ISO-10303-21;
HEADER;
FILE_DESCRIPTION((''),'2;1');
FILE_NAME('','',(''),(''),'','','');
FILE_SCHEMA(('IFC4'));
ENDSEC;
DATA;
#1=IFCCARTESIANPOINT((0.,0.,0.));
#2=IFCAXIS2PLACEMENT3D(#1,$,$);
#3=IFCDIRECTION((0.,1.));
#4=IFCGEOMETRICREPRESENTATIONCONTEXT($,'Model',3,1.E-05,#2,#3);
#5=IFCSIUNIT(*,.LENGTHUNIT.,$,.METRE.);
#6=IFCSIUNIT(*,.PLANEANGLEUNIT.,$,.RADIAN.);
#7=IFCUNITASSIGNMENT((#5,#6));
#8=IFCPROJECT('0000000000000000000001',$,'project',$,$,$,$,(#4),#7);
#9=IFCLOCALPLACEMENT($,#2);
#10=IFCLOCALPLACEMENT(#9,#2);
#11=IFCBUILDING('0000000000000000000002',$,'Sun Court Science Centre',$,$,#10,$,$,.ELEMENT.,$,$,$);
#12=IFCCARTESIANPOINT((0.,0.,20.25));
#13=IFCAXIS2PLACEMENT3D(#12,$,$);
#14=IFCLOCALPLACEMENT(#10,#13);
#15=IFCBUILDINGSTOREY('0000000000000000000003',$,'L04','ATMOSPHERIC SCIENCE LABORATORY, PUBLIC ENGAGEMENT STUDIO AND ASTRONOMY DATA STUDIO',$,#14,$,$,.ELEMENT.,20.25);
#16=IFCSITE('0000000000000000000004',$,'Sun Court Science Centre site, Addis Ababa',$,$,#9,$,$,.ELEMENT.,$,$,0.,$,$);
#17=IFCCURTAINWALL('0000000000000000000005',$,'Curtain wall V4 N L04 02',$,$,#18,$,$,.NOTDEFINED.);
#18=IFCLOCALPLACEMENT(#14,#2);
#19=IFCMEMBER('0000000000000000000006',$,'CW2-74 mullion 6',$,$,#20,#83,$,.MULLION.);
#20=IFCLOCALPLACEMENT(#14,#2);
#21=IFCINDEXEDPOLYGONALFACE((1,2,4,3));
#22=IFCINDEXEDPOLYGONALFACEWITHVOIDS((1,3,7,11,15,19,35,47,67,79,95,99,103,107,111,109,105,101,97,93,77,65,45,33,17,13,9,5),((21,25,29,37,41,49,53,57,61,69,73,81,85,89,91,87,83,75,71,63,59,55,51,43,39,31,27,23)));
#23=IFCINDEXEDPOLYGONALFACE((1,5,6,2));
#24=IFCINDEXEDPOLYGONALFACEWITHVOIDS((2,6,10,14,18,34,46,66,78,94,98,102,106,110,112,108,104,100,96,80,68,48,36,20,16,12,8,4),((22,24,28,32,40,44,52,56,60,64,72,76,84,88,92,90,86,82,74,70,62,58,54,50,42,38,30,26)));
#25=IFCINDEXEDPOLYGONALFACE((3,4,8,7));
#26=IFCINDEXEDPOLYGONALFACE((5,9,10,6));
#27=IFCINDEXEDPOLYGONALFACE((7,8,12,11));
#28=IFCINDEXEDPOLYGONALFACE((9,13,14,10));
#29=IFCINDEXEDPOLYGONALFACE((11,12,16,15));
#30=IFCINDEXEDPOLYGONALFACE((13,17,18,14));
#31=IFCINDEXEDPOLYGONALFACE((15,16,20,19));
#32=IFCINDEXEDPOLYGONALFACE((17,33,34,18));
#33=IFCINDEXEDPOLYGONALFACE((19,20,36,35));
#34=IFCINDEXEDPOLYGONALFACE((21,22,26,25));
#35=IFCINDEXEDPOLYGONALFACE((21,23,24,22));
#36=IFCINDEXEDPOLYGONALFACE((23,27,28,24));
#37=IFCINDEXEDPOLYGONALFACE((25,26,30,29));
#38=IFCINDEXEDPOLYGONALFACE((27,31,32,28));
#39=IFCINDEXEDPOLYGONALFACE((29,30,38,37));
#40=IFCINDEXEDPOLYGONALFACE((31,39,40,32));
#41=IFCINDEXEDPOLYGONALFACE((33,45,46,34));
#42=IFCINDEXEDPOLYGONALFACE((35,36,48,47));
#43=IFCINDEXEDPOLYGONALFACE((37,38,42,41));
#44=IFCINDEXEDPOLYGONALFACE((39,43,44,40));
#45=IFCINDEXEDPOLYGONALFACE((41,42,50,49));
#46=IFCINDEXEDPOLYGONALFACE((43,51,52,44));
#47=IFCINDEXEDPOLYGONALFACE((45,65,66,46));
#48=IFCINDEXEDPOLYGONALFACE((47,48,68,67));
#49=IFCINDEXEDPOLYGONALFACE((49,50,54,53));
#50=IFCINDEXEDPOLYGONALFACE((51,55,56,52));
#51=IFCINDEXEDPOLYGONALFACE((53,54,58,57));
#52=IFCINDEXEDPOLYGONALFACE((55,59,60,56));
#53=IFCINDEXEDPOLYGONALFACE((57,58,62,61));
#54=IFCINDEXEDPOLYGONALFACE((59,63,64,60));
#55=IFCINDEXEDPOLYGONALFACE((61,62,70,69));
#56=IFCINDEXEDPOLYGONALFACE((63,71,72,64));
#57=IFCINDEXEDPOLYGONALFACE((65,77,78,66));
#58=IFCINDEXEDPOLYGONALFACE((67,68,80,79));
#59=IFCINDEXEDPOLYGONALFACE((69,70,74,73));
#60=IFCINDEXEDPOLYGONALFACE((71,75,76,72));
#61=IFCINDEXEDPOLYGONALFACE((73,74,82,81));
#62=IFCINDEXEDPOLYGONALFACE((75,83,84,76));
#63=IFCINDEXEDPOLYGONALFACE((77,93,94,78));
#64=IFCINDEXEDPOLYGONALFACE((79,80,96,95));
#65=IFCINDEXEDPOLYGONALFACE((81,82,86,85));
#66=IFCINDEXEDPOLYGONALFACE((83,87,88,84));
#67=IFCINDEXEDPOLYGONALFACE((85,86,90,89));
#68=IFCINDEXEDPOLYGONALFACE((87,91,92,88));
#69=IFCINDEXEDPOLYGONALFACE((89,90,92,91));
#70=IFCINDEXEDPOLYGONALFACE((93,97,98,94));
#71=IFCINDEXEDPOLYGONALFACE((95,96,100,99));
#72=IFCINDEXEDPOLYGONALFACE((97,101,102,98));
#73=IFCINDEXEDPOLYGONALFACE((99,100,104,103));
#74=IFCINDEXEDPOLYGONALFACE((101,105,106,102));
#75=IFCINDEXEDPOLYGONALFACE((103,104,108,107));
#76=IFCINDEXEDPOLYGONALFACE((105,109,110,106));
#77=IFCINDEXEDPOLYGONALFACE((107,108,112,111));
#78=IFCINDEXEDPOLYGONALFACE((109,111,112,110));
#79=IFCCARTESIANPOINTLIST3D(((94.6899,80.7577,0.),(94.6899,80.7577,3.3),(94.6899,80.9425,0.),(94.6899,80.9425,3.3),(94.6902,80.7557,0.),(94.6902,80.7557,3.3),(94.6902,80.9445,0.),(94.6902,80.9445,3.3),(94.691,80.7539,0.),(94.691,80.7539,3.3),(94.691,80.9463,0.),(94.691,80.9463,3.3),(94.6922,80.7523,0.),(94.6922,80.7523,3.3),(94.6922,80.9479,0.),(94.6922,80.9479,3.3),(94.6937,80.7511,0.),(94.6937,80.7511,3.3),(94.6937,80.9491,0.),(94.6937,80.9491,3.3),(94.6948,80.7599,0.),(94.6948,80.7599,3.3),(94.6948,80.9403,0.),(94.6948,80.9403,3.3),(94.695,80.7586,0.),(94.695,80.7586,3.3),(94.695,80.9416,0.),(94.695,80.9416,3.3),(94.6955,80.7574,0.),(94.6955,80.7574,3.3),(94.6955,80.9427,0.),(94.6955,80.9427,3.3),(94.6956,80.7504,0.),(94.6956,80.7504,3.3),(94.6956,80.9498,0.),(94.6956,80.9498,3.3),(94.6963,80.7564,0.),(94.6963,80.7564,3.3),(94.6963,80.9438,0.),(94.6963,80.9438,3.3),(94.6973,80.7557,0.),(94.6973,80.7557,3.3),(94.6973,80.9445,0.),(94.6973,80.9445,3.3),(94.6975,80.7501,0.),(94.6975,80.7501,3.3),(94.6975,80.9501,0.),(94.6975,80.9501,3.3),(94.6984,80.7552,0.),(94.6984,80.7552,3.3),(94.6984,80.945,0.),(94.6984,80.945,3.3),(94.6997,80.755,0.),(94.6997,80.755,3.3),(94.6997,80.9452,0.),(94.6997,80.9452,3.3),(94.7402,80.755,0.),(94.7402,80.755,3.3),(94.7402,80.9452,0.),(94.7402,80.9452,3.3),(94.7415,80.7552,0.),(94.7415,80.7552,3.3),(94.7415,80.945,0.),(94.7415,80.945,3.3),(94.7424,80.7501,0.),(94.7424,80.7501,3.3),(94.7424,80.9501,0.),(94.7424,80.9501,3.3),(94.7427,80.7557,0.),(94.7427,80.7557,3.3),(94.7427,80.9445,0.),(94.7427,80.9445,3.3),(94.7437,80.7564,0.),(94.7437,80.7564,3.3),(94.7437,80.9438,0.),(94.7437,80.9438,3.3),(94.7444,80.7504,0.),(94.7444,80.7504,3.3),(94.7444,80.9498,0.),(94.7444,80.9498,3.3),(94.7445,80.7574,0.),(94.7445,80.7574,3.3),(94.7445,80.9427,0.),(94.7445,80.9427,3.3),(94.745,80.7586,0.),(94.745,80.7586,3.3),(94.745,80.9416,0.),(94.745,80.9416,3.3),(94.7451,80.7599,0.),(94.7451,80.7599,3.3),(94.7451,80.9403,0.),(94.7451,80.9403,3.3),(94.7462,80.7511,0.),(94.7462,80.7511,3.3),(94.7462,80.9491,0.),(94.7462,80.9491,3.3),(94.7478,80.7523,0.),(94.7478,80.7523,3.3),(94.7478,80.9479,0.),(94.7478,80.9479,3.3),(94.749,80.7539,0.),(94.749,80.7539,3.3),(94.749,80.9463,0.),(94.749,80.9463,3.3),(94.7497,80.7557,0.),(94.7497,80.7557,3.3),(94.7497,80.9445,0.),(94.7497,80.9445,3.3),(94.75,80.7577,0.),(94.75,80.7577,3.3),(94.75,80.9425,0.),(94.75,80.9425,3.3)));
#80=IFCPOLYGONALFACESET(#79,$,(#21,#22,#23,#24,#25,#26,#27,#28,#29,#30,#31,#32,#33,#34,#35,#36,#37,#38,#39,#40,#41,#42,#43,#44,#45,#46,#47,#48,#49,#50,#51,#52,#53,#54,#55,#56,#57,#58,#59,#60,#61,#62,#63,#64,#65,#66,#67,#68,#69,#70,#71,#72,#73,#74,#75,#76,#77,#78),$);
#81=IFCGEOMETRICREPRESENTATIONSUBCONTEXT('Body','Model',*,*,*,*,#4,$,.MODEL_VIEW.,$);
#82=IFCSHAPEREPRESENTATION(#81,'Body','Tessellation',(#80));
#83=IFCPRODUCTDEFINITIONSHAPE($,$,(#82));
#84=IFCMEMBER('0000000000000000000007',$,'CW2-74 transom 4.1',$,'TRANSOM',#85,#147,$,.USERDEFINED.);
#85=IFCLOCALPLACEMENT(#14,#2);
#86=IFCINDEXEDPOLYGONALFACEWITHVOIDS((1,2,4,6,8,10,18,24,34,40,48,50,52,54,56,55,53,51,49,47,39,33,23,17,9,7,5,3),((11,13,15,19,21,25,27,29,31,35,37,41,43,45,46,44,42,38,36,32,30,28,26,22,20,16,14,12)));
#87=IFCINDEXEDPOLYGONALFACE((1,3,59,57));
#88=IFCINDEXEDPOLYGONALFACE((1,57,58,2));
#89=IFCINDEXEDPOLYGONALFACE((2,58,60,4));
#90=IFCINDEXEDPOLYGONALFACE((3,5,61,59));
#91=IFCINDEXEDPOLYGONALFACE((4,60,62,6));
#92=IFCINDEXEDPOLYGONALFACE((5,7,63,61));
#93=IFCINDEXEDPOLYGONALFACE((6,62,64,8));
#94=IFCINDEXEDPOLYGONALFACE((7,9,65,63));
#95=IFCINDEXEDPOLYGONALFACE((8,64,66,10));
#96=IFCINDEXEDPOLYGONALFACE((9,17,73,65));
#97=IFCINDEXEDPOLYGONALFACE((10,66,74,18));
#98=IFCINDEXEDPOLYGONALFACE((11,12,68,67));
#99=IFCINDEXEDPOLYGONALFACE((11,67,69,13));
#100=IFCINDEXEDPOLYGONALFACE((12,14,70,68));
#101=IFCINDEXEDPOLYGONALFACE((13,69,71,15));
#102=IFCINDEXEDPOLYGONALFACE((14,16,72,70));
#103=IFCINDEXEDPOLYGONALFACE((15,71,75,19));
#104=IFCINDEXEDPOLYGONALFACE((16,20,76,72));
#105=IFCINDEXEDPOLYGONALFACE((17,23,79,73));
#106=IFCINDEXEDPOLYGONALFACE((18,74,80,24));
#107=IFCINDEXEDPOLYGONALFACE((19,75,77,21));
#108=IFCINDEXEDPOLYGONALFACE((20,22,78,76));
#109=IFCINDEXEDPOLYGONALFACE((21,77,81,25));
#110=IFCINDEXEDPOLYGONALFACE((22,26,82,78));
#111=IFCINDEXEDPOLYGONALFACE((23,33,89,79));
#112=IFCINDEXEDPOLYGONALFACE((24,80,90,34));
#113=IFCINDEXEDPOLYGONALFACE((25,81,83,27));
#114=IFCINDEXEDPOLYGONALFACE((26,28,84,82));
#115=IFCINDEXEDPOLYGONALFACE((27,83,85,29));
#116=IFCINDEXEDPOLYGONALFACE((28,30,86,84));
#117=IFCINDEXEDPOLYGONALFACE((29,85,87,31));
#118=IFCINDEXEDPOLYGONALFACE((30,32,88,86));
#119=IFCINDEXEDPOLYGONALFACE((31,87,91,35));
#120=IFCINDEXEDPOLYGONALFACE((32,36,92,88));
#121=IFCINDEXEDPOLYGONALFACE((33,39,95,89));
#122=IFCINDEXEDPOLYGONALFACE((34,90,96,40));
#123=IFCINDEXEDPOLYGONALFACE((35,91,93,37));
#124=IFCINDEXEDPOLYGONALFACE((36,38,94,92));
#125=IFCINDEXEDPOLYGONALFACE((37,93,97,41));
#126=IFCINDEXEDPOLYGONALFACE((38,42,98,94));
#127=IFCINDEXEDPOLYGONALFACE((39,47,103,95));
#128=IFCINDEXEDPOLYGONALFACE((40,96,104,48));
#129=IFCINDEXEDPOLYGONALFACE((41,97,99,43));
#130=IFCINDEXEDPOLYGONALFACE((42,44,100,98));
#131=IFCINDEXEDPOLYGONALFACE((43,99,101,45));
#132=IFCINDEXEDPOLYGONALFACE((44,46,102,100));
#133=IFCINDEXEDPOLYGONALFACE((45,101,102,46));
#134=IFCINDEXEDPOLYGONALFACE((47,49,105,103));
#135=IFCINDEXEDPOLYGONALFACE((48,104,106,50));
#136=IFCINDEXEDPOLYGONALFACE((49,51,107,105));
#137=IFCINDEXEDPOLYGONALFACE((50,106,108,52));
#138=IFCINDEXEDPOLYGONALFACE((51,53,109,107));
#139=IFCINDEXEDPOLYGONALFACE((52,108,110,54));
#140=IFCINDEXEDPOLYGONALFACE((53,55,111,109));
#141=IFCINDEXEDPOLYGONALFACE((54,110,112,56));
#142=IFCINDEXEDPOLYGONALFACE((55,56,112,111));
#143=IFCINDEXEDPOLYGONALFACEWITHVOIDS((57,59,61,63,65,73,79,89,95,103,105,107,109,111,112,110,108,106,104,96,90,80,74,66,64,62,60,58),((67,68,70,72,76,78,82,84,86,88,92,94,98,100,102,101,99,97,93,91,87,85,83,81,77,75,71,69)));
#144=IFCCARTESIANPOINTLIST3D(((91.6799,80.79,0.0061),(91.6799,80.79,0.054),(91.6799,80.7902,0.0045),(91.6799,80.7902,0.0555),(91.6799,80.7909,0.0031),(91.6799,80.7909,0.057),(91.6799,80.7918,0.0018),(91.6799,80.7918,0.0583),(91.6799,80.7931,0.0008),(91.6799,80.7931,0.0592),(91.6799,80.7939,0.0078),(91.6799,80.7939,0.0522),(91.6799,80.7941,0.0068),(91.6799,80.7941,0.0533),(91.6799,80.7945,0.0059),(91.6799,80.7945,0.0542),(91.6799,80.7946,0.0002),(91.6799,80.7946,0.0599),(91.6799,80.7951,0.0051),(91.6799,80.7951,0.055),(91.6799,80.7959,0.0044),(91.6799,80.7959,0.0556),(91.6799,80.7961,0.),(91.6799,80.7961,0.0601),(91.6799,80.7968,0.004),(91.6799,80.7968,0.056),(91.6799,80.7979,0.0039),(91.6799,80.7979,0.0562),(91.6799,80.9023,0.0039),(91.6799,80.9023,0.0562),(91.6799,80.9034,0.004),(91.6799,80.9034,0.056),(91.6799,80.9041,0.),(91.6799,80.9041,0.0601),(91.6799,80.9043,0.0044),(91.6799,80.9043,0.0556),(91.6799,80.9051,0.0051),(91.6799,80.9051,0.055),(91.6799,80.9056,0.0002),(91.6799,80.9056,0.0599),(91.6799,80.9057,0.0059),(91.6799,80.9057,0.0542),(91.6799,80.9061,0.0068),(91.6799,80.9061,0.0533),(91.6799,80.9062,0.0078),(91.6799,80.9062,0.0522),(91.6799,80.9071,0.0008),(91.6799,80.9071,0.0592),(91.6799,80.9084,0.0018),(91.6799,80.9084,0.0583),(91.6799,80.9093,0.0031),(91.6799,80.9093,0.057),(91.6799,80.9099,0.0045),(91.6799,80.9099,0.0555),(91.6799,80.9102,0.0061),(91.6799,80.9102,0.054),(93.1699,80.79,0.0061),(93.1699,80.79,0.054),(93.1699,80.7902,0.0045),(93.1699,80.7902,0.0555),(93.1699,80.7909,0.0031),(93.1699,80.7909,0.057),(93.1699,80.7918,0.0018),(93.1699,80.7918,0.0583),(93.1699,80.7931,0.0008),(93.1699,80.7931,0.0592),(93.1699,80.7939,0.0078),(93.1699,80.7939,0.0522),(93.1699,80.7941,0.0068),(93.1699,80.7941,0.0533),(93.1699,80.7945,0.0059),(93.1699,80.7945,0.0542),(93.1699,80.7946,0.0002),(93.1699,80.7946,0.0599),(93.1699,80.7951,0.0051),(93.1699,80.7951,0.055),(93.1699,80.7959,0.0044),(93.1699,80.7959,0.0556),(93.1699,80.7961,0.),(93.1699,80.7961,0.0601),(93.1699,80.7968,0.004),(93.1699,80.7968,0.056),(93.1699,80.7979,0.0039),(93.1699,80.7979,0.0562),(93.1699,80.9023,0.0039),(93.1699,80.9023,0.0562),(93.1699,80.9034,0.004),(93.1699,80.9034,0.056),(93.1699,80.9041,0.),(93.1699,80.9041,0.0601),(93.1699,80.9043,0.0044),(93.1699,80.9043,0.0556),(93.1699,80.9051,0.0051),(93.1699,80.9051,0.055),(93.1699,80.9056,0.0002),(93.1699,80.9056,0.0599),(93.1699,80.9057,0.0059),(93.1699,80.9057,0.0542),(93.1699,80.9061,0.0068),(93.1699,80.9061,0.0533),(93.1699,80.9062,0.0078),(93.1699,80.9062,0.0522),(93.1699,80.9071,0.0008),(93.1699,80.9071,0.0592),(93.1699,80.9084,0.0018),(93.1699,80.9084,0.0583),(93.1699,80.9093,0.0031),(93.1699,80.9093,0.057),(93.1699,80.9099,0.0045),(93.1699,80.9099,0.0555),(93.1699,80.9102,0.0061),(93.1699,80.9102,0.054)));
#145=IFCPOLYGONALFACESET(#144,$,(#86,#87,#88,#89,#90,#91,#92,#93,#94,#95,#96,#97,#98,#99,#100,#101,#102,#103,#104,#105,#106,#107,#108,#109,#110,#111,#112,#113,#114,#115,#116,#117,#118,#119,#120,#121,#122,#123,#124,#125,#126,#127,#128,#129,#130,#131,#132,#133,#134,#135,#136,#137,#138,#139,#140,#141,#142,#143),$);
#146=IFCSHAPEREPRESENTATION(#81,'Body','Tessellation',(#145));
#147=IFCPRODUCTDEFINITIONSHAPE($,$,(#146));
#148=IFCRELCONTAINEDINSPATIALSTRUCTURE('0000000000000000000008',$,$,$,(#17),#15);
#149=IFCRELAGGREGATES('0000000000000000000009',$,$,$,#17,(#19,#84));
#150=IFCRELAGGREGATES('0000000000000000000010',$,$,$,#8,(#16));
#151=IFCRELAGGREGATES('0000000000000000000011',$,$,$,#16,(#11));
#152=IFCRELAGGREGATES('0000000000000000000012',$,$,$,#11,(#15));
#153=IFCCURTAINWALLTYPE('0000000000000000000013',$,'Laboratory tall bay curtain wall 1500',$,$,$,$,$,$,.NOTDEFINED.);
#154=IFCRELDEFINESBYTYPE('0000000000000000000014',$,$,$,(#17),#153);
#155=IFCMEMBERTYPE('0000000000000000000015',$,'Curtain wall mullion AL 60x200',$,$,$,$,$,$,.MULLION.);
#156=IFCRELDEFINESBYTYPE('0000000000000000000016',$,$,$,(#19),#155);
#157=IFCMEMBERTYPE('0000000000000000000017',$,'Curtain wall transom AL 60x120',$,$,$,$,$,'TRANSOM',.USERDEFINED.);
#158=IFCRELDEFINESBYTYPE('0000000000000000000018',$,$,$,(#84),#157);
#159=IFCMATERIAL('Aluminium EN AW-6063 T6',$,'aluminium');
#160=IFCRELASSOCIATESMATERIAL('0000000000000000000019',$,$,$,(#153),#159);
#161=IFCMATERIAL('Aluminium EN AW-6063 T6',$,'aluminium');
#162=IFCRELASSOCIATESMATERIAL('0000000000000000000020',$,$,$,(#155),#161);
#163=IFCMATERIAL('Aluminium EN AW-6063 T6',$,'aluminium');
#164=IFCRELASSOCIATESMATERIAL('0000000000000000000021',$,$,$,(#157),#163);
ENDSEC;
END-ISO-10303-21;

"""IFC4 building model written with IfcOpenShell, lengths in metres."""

from ifc_helpers import new_model, si_unit, direction, frame, origin, origin_2d, place, context, subcontext, project, spatial, hollow_rectangle, extrude, material, material_profile, profile_set, type_object, element, aggregate, save


model = new_model("IFC4")

# Units and contexts
model_context = context("Model", 3, precision=1e-05, world=origin(), true_north=direction((0.0, 1.0)))
body_context = subcontext(model_context, "Body", "Model", "MODEL_VIEW")
ifc_project = project(units=[si_unit("LENGTHUNIT", "METRE"), si_unit("PLANEANGLEUNIT", "RADIAN")], contexts=[model_context])

# Site, building, storey
site_placement = place(None, origin())
site = spatial("IfcSite", under=ifc_project, at=site_placement, Name="Sun Court Science Centre site, Addis Ababa", CompositionType="ELEMENT", RefElevation=0.0)
building_placement = place(site_placement, origin())
building = spatial("IfcBuilding", under=site, at=building_placement, Name="Sun Court Science Centre", CompositionType="ELEMENT")
storey_placement = place(building_placement, frame((0.0, 0.0, 20.25)))
storey = spatial("IfcBuildingStorey", under=building, at=storey_placement, Name="L04", Description="ATMOSPHERIC SCIENCE LABORATORY, PUBLIC ENGAGEMENT STUDIO AND ASTRONOMY DATA STUDIO", CompositionType="ELEMENT", Elevation=20.25)

# Curtain wall, members
ifc_material_1 = material(Name="Aluminium EN AW-6063 T6", Category="aluminium")
curtain_wall_type = type_object("IfcCurtainWallType", Name="Laboratory tall bay curtain wall 1500", PredefinedType="NOTDEFINED", material=ifc_material_1)
curtain_wall_placement = place(storey_placement, origin())
curtain_wall = element("IfcCurtainWall", 1, at=curtain_wall_placement, inside=storey, type_object=curtain_wall_type, Name="Curtain wall V4 N L04 02", PredefinedType="NOTDEFINED")
ifc_material_2 = material(Name="Aluminium EN AW-6063 T6", Category="aluminium")
ifc_material_profile_1 = material_profile(ifc_material_2, hollow_rectangle(XDim=0.0601, YDim=0.2, WallThickness=0.0049, InnerFilletRadius=0.0049, OuterFilletRadius=0.0076, at=origin_2d()), Name="AL 60x200x5")
ifc_profile_set_1 = profile_set([ifc_material_profile_1], Name="Aluminium EN AW-6063 T6")
member_type_1 = type_object("IfcMemberType", Name="Curtain wall mullion AL 60x200", PredefinedType="MULLION", material=ifc_profile_set_1)
member_1_placement = place(storey_placement, frame((94.72, 80.8501, 0.0), z_axis=(0.0, 0.0, 1.0), x_axis=(1.0, 0.0, 0.0)))
member_1 = element("IfcMember", 2, at=member_1_placement, type_object=member_type_1, Name="CW2-74 mullion 6", PredefinedType="MULLION", context=body_context, shape_type="SweptSolid", body=[
    extrude(hollow_rectangle(XDim=0.0601, YDim=0.2, WallThickness=0.0049, InnerFilletRadius=0.0049, OuterFilletRadius=0.0076, at=origin_2d()), origin(), (0.0, 0.0, 1.0), 3.3),
])
ifc_material_3 = material(Name="Aluminium EN AW-6063 T6", Category="aluminium")
ifc_material_profile_2 = material_profile(ifc_material_3, hollow_rectangle(XDim=0.0601, YDim=0.1201, WallThickness=0.0039, InnerFilletRadius=0.0039, OuterFilletRadius=0.0061, at=origin_2d()), Name="AL 60x120x4")
ifc_profile_set_2 = profile_set([ifc_material_profile_2], Name="Aluminium EN AW-6063 T6")
member_type_2 = type_object("IfcMemberType", Name="Curtain wall transom AL 60x120", ElementType="TRANSOM", PredefinedType="USERDEFINED", material=ifc_profile_set_2)
member_2_placement = place(storey_placement, frame((91.6799, 80.8501, 0.03), z_axis=(1.0, 0.0, 0.0), x_axis=(0.0, 0.0, 1.0)))
member_2 = element("IfcMember", 3, at=member_2_placement, type_object=member_type_2, Name="CW2-74 transom 4.1", ObjectType="TRANSOM", PredefinedType="USERDEFINED", context=body_context, shape_type="SweptSolid", body=[
    extrude(hollow_rectangle(XDim=0.0601, YDim=0.1201, WallThickness=0.0039, InnerFilletRadius=0.0039, OuterFilletRadius=0.0061, at=origin_2d()), origin(), (0.0, 0.0, 1.0), 1.49),
])

aggregate(curtain_wall, [member_1, member_2])

save(model, "model.ifc")
